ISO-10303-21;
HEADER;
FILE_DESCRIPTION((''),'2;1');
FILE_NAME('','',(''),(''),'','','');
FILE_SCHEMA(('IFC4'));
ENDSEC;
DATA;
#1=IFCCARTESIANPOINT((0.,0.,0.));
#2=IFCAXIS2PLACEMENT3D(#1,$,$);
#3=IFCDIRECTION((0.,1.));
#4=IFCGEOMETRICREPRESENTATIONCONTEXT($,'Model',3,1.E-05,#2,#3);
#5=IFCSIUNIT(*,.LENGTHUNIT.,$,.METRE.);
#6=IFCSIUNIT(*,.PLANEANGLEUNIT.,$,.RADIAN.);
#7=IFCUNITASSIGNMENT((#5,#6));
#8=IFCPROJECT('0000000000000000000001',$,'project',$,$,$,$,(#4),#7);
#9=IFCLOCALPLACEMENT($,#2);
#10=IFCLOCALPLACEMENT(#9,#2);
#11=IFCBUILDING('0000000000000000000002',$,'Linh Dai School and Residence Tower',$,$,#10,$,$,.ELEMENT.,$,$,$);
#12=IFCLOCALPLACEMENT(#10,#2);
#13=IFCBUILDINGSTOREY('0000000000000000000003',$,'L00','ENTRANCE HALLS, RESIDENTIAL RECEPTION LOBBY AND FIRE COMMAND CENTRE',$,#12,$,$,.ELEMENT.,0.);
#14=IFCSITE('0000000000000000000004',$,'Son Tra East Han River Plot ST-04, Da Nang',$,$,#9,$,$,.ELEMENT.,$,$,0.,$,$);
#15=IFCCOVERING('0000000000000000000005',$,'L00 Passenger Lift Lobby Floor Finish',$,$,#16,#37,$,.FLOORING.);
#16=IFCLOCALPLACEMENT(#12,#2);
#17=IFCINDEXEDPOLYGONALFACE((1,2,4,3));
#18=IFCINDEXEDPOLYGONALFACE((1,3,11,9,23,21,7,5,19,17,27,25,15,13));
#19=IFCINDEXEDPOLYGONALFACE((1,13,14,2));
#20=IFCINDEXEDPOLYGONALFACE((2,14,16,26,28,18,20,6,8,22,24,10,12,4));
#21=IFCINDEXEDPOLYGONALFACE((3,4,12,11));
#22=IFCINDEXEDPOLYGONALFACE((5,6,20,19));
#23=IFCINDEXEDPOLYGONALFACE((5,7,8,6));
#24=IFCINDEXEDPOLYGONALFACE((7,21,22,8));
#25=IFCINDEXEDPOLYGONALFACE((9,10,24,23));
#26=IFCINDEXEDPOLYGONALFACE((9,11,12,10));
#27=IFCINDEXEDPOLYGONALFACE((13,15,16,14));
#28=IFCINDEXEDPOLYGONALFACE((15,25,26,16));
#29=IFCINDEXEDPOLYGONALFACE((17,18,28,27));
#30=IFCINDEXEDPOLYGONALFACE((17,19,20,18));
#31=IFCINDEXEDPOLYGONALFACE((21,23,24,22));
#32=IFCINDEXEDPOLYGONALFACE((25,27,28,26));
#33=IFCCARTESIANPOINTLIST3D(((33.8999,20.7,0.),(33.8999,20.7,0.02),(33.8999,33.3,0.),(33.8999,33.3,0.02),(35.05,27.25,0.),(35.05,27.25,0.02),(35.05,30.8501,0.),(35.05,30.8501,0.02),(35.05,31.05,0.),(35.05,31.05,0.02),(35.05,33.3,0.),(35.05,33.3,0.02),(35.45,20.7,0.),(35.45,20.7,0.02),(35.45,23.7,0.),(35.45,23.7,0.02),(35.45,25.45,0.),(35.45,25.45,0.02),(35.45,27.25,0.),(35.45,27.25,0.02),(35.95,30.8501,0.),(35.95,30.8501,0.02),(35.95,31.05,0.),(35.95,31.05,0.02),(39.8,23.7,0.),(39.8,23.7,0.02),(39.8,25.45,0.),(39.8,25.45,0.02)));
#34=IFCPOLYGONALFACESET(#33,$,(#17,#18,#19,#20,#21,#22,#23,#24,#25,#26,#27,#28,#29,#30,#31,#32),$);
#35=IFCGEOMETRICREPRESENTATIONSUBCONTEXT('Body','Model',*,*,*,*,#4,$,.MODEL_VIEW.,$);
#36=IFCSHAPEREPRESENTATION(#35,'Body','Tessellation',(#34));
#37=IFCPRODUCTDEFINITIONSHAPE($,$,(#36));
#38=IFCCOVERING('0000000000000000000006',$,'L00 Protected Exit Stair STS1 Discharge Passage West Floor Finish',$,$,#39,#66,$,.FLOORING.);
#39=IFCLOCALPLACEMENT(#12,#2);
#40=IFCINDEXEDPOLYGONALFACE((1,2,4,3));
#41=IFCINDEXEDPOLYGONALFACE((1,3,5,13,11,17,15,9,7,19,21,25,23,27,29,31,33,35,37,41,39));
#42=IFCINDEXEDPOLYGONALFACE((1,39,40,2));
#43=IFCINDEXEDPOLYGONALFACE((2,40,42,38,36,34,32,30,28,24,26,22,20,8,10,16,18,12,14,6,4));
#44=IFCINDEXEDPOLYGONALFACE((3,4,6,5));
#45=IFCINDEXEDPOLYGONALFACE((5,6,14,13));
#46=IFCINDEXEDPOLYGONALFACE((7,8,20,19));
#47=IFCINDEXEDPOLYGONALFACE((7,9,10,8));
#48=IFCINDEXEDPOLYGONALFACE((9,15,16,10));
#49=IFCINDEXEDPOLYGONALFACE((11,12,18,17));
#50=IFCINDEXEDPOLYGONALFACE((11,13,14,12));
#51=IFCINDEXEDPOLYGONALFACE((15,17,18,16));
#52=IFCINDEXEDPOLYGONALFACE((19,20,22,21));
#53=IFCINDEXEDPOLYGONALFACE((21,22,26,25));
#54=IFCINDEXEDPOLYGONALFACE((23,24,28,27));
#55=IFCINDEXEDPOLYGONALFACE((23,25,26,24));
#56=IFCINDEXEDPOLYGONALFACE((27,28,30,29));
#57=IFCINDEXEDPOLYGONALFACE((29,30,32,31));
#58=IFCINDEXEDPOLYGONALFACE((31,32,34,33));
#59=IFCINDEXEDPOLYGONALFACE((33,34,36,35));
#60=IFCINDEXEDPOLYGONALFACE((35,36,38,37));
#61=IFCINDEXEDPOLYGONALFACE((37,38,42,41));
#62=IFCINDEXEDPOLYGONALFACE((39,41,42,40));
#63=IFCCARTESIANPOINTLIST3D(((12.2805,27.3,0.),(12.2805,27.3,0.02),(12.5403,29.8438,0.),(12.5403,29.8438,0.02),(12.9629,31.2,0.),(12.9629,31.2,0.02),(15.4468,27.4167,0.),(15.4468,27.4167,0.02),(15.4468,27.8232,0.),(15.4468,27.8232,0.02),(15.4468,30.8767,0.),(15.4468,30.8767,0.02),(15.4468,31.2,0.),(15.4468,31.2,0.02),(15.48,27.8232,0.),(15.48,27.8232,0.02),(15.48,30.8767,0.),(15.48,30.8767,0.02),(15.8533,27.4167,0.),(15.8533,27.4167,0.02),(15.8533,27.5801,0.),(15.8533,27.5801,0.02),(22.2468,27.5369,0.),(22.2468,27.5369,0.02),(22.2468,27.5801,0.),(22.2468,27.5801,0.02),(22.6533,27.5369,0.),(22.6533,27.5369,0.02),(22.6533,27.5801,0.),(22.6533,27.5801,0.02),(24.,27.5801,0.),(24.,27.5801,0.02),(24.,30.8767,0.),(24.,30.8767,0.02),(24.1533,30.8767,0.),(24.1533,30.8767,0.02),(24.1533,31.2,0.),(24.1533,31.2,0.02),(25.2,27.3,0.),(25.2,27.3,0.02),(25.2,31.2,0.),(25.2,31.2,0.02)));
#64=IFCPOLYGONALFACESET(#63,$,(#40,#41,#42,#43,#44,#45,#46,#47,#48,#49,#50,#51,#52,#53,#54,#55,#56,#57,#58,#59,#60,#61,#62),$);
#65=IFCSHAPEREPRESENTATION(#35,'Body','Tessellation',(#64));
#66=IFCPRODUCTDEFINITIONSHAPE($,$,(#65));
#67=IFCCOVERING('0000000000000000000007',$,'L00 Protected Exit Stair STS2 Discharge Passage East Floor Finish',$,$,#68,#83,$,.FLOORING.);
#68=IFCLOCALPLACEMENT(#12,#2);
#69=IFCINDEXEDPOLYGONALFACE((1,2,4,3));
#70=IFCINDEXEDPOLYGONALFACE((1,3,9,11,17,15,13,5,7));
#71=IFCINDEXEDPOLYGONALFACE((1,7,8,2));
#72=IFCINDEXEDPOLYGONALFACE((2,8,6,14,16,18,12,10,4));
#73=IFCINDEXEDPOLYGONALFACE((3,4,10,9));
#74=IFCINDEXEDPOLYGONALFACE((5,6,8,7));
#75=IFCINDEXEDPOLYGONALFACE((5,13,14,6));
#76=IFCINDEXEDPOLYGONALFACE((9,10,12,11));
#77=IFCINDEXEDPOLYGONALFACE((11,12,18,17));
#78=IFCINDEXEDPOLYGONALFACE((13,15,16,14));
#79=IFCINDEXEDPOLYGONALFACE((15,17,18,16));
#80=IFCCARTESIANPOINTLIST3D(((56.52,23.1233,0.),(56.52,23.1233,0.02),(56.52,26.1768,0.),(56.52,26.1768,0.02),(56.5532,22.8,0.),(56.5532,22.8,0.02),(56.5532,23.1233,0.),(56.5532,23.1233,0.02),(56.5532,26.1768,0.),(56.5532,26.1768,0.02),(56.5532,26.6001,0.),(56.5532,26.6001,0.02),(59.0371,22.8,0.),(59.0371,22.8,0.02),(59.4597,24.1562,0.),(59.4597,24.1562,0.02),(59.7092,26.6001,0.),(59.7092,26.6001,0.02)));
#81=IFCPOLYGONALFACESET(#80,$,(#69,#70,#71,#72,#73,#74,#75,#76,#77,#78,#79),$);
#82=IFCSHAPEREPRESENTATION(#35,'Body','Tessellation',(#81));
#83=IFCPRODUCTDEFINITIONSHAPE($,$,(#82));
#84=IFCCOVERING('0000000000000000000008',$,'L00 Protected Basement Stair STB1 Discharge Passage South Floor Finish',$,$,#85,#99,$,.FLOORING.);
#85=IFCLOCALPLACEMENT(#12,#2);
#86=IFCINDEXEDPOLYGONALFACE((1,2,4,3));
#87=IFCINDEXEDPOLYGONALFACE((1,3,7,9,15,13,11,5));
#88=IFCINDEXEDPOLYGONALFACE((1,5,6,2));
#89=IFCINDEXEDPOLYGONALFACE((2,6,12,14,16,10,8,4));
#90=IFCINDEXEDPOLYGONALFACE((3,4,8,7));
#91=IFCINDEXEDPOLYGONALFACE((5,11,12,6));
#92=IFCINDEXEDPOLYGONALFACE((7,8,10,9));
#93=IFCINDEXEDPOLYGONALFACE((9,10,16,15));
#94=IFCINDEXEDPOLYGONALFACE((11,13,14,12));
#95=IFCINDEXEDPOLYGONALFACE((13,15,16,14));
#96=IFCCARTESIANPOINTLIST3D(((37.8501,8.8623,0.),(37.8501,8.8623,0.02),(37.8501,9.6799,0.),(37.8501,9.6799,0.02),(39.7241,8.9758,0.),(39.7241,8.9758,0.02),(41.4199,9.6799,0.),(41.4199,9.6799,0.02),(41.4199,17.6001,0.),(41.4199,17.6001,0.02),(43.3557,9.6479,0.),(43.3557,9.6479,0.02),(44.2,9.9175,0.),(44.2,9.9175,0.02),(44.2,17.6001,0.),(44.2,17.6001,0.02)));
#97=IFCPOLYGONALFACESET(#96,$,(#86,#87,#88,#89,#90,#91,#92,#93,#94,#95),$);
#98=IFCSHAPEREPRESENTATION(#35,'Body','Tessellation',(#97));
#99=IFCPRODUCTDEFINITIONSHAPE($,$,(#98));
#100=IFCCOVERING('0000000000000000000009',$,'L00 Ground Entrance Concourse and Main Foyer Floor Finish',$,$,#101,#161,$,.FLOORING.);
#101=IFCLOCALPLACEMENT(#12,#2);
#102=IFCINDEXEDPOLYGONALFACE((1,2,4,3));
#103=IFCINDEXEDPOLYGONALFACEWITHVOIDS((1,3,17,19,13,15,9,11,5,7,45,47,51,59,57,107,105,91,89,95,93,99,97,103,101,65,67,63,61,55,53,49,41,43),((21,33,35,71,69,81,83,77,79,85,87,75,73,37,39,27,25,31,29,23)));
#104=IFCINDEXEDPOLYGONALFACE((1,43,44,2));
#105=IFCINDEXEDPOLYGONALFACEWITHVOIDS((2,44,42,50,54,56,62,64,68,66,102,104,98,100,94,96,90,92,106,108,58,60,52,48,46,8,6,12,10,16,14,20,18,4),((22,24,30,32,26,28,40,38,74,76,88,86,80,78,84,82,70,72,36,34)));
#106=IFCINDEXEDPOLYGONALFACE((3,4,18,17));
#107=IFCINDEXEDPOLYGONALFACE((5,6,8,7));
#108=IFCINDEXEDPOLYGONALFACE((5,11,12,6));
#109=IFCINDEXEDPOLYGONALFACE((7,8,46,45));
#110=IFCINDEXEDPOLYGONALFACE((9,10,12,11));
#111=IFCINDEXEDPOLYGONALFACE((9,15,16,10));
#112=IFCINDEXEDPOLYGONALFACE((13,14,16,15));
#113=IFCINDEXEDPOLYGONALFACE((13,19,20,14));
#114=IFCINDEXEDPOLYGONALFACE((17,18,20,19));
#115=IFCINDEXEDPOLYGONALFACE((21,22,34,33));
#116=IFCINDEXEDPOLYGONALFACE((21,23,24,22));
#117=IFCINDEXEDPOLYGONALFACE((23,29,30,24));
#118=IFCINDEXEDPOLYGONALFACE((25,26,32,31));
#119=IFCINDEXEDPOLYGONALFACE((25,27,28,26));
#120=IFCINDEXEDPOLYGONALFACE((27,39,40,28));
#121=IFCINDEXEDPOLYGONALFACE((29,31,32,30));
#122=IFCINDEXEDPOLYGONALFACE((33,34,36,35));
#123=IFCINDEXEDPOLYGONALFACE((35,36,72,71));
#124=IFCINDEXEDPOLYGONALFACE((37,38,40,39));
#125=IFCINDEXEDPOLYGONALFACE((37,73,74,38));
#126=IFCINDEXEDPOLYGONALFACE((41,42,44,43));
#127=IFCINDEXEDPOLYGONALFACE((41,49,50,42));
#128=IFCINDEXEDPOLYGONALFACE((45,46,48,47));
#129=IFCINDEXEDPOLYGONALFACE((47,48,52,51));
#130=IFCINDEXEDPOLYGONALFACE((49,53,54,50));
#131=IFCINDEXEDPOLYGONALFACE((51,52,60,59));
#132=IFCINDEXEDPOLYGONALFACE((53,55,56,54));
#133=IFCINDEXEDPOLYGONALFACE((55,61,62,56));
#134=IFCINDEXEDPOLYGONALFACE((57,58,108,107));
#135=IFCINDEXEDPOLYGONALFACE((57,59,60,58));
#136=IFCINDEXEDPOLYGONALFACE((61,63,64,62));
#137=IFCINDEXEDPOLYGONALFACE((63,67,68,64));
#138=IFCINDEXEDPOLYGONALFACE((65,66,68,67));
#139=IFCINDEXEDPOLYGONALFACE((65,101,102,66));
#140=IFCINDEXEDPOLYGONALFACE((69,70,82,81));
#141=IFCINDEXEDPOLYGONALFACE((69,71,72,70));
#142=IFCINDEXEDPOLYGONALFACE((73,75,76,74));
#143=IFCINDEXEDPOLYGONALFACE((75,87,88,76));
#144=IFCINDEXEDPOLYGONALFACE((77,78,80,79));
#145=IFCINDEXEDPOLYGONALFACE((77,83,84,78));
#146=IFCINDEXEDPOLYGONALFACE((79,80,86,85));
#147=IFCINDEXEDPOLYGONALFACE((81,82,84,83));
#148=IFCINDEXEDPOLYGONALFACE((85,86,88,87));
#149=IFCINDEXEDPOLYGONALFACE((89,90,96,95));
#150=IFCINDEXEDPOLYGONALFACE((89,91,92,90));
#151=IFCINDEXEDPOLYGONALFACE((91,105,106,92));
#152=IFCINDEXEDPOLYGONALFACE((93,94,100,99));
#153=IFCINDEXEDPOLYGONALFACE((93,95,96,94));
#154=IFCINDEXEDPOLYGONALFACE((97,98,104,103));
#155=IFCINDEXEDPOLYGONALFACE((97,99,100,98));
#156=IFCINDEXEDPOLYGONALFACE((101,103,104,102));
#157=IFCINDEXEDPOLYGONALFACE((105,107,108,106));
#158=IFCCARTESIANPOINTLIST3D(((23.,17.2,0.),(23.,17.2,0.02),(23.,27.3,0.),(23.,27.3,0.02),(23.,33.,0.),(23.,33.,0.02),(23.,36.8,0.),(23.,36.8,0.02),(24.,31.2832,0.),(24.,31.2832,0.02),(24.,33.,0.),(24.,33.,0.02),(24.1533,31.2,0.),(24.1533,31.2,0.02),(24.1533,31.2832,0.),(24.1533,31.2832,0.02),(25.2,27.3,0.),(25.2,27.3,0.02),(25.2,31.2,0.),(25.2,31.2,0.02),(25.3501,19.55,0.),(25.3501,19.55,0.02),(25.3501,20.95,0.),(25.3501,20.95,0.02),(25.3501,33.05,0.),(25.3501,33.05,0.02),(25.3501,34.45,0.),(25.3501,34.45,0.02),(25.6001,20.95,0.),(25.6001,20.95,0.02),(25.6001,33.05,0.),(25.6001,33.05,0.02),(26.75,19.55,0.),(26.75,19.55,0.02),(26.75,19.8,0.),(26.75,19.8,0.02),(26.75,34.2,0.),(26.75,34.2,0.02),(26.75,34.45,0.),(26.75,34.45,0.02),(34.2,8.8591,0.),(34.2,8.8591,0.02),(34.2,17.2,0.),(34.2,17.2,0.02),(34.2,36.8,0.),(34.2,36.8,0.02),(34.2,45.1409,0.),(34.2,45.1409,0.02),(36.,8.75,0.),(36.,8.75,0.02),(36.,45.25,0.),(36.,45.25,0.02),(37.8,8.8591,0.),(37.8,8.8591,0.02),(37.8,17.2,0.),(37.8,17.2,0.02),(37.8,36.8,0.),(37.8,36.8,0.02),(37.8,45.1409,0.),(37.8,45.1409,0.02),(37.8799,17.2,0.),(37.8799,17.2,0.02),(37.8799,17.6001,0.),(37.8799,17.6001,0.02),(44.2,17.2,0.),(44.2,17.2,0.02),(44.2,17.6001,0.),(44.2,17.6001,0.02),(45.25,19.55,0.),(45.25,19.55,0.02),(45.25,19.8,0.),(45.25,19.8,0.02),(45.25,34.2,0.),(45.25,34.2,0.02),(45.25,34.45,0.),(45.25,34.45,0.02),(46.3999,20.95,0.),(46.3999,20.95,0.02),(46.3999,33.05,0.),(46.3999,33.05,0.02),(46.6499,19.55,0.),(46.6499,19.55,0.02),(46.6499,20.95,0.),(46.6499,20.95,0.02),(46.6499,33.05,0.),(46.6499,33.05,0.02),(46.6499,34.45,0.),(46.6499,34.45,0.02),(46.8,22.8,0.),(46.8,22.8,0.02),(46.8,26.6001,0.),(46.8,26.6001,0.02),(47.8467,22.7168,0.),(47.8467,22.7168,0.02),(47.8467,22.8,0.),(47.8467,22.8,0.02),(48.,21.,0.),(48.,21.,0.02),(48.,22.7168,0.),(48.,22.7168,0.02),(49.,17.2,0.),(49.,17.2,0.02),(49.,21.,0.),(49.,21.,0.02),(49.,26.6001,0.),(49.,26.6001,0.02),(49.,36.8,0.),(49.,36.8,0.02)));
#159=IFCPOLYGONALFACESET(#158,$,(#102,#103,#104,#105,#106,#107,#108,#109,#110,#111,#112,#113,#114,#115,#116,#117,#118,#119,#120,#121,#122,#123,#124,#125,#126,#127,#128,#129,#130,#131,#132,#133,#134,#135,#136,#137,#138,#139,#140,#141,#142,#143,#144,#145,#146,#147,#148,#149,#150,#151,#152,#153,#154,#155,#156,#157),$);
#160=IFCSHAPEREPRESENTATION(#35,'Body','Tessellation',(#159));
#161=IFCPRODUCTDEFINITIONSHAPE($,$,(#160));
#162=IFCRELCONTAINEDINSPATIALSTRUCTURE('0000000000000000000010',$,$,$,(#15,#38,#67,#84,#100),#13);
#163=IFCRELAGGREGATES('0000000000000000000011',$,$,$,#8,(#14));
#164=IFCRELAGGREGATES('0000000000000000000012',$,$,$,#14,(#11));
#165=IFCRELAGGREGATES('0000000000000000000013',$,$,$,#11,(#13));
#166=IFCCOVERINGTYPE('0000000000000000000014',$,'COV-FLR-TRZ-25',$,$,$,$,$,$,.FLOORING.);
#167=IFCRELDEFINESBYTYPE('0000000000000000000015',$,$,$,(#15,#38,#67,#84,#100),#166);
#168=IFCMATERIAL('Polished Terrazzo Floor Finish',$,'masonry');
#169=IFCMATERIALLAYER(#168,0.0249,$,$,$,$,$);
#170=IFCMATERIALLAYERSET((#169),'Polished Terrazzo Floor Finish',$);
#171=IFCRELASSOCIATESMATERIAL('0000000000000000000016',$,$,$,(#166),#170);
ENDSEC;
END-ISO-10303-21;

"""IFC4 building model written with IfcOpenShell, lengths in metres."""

from ifc_helpers import new_model, si_unit, direction, origin, place, context, subcontext, project, spatial, polyline, outline, extrude, material, layer, layer_set, type_object, element, save


model = new_model("IFC4")

# Units and contexts
model_context = context("Model", 3, precision=1e-05, world=origin(), true_north=direction((0.0, 1.0)))
body_context = subcontext(model_context, "Body", "Model", "MODEL_VIEW")
ifc_project = project(units=[si_unit("LENGTHUNIT", "METRE"), si_unit("PLANEANGLEUNIT", "RADIAN")], contexts=[model_context])

# Site, building, storey
site_placement = place(None, origin())
site = spatial("IfcSite", under=ifc_project, at=site_placement, Name="Son Tra East Han River Plot ST-04, Da Nang", CompositionType="ELEMENT", RefElevation=0.0)
building_placement = place(site_placement, origin())
building = spatial("IfcBuilding", under=site, at=building_placement, Name="Linh Dai School and Residence Tower", CompositionType="ELEMENT")
storey_placement = place(building_placement, origin())
storey = spatial("IfcBuildingStorey", under=building, at=storey_placement, Name="L00", Description="ENTRANCE HALLS, RESIDENTIAL RECEPTION LOBBY AND FIRE COMMAND CENTRE", CompositionType="ELEMENT", Elevation=0.0)

# Coverings
ifc_material_1 = material(Name="Polished Terrazzo Floor Finish", Category="masonry")
ifc_layer_1 = layer(ifc_material_1, 0.0249)
ifc_layer_set_1 = layer_set([ifc_layer_1], Name="Polished Terrazzo Floor Finish")
covering_type_1 = type_object("IfcCoveringType", Name="COV-FLR-TRZ-25", PredefinedType="FLOORING", material=ifc_layer_set_1)
covering_1_placement = place(storey_placement, origin())
element("IfcCovering", 1, at=covering_1_placement, inside=storey, type_object=covering_type_1, Name="L00 Passenger Lift Lobby Floor Finish", PredefinedType="FLOORING", context=body_context, shape_type="SweptSolid", body=[
    extrude(outline(polyline([(35.05, 33.3), (35.05, 31.05), (35.95, 31.05), (35.95, 30.8501), (35.05, 30.8501), (35.05, 27.25), (35.45, 27.25), (35.45, 25.45), (39.8, 25.45), (39.8, 23.7), (35.45, 23.7), (35.45, 20.7), (33.8999, 20.7), (33.8999, 33.3), (35.05, 33.3)])), origin(), (0.0, 0.0, 1.0), 0.02),
])
covering_2_placement = place(storey_placement, origin())
element("IfcCovering", 2, at=covering_2_placement, inside=storey, type_object=covering_type_1, Name="L00 Protected Exit Stair STS1 Discharge Passage West Floor Finish", PredefinedType="FLOORING", context=body_context, shape_type="SweptSolid", body=[
    extrude(outline(polyline([(12.9629, 31.2), (15.4468, 31.2), (15.4468, 30.8767), (15.48, 30.8767), (15.48, 27.8232), (15.4468, 27.8232), (15.4468, 27.4167), (15.8533, 27.4167), (15.8533, 27.5801), (22.2468, 27.5801), (22.2468, 27.5369), (22.6533, 27.5369), (22.6533, 27.5801), (24.0, 27.5801), (24.0, 30.8767), (24.1533, 30.8767), (24.1533, 31.2), (25.2, 31.2), (25.2, 27.3), (12.2805, 27.3), (12.5403, 29.8438), (12.9629, 31.2)])), origin(), (0.0, 0.0, 1.0), 0.02),
])
covering_3_placement = place(storey_placement, origin())
element("IfcCovering", 3, at=covering_3_placement, inside=storey, type_object=covering_type_1, Name="L00 Protected Exit Stair STS2 Discharge Passage East Floor Finish", PredefinedType="FLOORING", context=body_context, shape_type="SweptSolid", body=[
    extrude(outline(polyline([(56.5532, 26.6001), (59.7092, 26.6001), (59.4597, 24.1562), (59.0371, 22.8), (56.5532, 22.8), (56.5532, 23.1233), (56.52, 23.1233), (56.52, 26.1768), (56.5532, 26.1768), (56.5532, 26.6001)])), origin(), (0.0, 0.0, 1.0), 0.02),
])
covering_4_placement = place(storey_placement, origin())
element("IfcCovering", 4, at=covering_4_placement, inside=storey, type_object=covering_type_1, Name="L00 Protected Basement Stair STB1 Discharge Passage South Floor Finish", PredefinedType="FLOORING", context=body_context, shape_type="SweptSolid", body=[
    extrude(outline(polyline([(37.8501, 9.6799), (41.4199, 9.6799), (41.4199, 17.6001), (44.2, 17.6001), (44.2, 9.9175), (43.3557, 9.6479), (39.7241, 8.9758), (37.8501, 8.8623), (37.8501, 9.6799)])), origin(), (0.0, 0.0, 1.0), 0.02),
])
covering_5_placement = place(storey_placement, origin())
element("IfcCovering", 5, at=covering_5_placement, inside=storey, type_object=covering_type_1, Name="L00 Ground Entrance Concourse and Main Foyer Floor Finish", PredefinedType="FLOORING", context=body_context, shape_type="SweptSolid", body=[
    extrude(outline(polyline([(36.0, 8.75), (34.2, 8.8591), (34.2, 17.2), (23.0, 17.2), (23.0, 27.3), (25.2, 27.3), (25.2, 31.2), (24.1533, 31.2), (24.1533, 31.2832), (24.0, 31.2832), (24.0, 33.0), (23.0, 33.0), (23.0, 36.8), (34.2, 36.8), (34.2, 45.1409), (36.0, 45.25), (37.8, 45.1409), (37.8, 36.8), (49.0, 36.8), (49.0, 26.6001), (46.8, 26.6001), (46.8, 22.8), (47.8467, 22.8), (47.8467, 22.7168), (48.0, 22.7168), (48.0, 21.0), (49.0, 21.0), (49.0, 17.2), (44.2, 17.2), (44.2, 17.6001), (37.8799, 17.6001), (37.8799, 17.2), (37.8, 17.2), (37.8, 8.8591), (36.0, 8.75)]), holes=[polyline([(26.75, 34.2), (26.75, 34.45), (25.3501, 34.45), (25.3501, 33.05), (25.6001, 33.05), (25.6001, 20.95), (25.3501, 20.95), (25.3501, 19.55), (26.75, 19.55), (26.75, 19.8), (45.25, 19.8), (45.25, 19.55), (46.6499, 19.55), (46.6499, 20.95), (46.3999, 20.95), (46.3999, 33.05), (46.6499, 33.05), (46.6499, 34.45), (45.25, 34.45), (45.25, 34.2), (26.75, 34.2)])]), origin(), (0.0, 0.0, 1.0), 0.02),
])

save(model, "model.ifc")
